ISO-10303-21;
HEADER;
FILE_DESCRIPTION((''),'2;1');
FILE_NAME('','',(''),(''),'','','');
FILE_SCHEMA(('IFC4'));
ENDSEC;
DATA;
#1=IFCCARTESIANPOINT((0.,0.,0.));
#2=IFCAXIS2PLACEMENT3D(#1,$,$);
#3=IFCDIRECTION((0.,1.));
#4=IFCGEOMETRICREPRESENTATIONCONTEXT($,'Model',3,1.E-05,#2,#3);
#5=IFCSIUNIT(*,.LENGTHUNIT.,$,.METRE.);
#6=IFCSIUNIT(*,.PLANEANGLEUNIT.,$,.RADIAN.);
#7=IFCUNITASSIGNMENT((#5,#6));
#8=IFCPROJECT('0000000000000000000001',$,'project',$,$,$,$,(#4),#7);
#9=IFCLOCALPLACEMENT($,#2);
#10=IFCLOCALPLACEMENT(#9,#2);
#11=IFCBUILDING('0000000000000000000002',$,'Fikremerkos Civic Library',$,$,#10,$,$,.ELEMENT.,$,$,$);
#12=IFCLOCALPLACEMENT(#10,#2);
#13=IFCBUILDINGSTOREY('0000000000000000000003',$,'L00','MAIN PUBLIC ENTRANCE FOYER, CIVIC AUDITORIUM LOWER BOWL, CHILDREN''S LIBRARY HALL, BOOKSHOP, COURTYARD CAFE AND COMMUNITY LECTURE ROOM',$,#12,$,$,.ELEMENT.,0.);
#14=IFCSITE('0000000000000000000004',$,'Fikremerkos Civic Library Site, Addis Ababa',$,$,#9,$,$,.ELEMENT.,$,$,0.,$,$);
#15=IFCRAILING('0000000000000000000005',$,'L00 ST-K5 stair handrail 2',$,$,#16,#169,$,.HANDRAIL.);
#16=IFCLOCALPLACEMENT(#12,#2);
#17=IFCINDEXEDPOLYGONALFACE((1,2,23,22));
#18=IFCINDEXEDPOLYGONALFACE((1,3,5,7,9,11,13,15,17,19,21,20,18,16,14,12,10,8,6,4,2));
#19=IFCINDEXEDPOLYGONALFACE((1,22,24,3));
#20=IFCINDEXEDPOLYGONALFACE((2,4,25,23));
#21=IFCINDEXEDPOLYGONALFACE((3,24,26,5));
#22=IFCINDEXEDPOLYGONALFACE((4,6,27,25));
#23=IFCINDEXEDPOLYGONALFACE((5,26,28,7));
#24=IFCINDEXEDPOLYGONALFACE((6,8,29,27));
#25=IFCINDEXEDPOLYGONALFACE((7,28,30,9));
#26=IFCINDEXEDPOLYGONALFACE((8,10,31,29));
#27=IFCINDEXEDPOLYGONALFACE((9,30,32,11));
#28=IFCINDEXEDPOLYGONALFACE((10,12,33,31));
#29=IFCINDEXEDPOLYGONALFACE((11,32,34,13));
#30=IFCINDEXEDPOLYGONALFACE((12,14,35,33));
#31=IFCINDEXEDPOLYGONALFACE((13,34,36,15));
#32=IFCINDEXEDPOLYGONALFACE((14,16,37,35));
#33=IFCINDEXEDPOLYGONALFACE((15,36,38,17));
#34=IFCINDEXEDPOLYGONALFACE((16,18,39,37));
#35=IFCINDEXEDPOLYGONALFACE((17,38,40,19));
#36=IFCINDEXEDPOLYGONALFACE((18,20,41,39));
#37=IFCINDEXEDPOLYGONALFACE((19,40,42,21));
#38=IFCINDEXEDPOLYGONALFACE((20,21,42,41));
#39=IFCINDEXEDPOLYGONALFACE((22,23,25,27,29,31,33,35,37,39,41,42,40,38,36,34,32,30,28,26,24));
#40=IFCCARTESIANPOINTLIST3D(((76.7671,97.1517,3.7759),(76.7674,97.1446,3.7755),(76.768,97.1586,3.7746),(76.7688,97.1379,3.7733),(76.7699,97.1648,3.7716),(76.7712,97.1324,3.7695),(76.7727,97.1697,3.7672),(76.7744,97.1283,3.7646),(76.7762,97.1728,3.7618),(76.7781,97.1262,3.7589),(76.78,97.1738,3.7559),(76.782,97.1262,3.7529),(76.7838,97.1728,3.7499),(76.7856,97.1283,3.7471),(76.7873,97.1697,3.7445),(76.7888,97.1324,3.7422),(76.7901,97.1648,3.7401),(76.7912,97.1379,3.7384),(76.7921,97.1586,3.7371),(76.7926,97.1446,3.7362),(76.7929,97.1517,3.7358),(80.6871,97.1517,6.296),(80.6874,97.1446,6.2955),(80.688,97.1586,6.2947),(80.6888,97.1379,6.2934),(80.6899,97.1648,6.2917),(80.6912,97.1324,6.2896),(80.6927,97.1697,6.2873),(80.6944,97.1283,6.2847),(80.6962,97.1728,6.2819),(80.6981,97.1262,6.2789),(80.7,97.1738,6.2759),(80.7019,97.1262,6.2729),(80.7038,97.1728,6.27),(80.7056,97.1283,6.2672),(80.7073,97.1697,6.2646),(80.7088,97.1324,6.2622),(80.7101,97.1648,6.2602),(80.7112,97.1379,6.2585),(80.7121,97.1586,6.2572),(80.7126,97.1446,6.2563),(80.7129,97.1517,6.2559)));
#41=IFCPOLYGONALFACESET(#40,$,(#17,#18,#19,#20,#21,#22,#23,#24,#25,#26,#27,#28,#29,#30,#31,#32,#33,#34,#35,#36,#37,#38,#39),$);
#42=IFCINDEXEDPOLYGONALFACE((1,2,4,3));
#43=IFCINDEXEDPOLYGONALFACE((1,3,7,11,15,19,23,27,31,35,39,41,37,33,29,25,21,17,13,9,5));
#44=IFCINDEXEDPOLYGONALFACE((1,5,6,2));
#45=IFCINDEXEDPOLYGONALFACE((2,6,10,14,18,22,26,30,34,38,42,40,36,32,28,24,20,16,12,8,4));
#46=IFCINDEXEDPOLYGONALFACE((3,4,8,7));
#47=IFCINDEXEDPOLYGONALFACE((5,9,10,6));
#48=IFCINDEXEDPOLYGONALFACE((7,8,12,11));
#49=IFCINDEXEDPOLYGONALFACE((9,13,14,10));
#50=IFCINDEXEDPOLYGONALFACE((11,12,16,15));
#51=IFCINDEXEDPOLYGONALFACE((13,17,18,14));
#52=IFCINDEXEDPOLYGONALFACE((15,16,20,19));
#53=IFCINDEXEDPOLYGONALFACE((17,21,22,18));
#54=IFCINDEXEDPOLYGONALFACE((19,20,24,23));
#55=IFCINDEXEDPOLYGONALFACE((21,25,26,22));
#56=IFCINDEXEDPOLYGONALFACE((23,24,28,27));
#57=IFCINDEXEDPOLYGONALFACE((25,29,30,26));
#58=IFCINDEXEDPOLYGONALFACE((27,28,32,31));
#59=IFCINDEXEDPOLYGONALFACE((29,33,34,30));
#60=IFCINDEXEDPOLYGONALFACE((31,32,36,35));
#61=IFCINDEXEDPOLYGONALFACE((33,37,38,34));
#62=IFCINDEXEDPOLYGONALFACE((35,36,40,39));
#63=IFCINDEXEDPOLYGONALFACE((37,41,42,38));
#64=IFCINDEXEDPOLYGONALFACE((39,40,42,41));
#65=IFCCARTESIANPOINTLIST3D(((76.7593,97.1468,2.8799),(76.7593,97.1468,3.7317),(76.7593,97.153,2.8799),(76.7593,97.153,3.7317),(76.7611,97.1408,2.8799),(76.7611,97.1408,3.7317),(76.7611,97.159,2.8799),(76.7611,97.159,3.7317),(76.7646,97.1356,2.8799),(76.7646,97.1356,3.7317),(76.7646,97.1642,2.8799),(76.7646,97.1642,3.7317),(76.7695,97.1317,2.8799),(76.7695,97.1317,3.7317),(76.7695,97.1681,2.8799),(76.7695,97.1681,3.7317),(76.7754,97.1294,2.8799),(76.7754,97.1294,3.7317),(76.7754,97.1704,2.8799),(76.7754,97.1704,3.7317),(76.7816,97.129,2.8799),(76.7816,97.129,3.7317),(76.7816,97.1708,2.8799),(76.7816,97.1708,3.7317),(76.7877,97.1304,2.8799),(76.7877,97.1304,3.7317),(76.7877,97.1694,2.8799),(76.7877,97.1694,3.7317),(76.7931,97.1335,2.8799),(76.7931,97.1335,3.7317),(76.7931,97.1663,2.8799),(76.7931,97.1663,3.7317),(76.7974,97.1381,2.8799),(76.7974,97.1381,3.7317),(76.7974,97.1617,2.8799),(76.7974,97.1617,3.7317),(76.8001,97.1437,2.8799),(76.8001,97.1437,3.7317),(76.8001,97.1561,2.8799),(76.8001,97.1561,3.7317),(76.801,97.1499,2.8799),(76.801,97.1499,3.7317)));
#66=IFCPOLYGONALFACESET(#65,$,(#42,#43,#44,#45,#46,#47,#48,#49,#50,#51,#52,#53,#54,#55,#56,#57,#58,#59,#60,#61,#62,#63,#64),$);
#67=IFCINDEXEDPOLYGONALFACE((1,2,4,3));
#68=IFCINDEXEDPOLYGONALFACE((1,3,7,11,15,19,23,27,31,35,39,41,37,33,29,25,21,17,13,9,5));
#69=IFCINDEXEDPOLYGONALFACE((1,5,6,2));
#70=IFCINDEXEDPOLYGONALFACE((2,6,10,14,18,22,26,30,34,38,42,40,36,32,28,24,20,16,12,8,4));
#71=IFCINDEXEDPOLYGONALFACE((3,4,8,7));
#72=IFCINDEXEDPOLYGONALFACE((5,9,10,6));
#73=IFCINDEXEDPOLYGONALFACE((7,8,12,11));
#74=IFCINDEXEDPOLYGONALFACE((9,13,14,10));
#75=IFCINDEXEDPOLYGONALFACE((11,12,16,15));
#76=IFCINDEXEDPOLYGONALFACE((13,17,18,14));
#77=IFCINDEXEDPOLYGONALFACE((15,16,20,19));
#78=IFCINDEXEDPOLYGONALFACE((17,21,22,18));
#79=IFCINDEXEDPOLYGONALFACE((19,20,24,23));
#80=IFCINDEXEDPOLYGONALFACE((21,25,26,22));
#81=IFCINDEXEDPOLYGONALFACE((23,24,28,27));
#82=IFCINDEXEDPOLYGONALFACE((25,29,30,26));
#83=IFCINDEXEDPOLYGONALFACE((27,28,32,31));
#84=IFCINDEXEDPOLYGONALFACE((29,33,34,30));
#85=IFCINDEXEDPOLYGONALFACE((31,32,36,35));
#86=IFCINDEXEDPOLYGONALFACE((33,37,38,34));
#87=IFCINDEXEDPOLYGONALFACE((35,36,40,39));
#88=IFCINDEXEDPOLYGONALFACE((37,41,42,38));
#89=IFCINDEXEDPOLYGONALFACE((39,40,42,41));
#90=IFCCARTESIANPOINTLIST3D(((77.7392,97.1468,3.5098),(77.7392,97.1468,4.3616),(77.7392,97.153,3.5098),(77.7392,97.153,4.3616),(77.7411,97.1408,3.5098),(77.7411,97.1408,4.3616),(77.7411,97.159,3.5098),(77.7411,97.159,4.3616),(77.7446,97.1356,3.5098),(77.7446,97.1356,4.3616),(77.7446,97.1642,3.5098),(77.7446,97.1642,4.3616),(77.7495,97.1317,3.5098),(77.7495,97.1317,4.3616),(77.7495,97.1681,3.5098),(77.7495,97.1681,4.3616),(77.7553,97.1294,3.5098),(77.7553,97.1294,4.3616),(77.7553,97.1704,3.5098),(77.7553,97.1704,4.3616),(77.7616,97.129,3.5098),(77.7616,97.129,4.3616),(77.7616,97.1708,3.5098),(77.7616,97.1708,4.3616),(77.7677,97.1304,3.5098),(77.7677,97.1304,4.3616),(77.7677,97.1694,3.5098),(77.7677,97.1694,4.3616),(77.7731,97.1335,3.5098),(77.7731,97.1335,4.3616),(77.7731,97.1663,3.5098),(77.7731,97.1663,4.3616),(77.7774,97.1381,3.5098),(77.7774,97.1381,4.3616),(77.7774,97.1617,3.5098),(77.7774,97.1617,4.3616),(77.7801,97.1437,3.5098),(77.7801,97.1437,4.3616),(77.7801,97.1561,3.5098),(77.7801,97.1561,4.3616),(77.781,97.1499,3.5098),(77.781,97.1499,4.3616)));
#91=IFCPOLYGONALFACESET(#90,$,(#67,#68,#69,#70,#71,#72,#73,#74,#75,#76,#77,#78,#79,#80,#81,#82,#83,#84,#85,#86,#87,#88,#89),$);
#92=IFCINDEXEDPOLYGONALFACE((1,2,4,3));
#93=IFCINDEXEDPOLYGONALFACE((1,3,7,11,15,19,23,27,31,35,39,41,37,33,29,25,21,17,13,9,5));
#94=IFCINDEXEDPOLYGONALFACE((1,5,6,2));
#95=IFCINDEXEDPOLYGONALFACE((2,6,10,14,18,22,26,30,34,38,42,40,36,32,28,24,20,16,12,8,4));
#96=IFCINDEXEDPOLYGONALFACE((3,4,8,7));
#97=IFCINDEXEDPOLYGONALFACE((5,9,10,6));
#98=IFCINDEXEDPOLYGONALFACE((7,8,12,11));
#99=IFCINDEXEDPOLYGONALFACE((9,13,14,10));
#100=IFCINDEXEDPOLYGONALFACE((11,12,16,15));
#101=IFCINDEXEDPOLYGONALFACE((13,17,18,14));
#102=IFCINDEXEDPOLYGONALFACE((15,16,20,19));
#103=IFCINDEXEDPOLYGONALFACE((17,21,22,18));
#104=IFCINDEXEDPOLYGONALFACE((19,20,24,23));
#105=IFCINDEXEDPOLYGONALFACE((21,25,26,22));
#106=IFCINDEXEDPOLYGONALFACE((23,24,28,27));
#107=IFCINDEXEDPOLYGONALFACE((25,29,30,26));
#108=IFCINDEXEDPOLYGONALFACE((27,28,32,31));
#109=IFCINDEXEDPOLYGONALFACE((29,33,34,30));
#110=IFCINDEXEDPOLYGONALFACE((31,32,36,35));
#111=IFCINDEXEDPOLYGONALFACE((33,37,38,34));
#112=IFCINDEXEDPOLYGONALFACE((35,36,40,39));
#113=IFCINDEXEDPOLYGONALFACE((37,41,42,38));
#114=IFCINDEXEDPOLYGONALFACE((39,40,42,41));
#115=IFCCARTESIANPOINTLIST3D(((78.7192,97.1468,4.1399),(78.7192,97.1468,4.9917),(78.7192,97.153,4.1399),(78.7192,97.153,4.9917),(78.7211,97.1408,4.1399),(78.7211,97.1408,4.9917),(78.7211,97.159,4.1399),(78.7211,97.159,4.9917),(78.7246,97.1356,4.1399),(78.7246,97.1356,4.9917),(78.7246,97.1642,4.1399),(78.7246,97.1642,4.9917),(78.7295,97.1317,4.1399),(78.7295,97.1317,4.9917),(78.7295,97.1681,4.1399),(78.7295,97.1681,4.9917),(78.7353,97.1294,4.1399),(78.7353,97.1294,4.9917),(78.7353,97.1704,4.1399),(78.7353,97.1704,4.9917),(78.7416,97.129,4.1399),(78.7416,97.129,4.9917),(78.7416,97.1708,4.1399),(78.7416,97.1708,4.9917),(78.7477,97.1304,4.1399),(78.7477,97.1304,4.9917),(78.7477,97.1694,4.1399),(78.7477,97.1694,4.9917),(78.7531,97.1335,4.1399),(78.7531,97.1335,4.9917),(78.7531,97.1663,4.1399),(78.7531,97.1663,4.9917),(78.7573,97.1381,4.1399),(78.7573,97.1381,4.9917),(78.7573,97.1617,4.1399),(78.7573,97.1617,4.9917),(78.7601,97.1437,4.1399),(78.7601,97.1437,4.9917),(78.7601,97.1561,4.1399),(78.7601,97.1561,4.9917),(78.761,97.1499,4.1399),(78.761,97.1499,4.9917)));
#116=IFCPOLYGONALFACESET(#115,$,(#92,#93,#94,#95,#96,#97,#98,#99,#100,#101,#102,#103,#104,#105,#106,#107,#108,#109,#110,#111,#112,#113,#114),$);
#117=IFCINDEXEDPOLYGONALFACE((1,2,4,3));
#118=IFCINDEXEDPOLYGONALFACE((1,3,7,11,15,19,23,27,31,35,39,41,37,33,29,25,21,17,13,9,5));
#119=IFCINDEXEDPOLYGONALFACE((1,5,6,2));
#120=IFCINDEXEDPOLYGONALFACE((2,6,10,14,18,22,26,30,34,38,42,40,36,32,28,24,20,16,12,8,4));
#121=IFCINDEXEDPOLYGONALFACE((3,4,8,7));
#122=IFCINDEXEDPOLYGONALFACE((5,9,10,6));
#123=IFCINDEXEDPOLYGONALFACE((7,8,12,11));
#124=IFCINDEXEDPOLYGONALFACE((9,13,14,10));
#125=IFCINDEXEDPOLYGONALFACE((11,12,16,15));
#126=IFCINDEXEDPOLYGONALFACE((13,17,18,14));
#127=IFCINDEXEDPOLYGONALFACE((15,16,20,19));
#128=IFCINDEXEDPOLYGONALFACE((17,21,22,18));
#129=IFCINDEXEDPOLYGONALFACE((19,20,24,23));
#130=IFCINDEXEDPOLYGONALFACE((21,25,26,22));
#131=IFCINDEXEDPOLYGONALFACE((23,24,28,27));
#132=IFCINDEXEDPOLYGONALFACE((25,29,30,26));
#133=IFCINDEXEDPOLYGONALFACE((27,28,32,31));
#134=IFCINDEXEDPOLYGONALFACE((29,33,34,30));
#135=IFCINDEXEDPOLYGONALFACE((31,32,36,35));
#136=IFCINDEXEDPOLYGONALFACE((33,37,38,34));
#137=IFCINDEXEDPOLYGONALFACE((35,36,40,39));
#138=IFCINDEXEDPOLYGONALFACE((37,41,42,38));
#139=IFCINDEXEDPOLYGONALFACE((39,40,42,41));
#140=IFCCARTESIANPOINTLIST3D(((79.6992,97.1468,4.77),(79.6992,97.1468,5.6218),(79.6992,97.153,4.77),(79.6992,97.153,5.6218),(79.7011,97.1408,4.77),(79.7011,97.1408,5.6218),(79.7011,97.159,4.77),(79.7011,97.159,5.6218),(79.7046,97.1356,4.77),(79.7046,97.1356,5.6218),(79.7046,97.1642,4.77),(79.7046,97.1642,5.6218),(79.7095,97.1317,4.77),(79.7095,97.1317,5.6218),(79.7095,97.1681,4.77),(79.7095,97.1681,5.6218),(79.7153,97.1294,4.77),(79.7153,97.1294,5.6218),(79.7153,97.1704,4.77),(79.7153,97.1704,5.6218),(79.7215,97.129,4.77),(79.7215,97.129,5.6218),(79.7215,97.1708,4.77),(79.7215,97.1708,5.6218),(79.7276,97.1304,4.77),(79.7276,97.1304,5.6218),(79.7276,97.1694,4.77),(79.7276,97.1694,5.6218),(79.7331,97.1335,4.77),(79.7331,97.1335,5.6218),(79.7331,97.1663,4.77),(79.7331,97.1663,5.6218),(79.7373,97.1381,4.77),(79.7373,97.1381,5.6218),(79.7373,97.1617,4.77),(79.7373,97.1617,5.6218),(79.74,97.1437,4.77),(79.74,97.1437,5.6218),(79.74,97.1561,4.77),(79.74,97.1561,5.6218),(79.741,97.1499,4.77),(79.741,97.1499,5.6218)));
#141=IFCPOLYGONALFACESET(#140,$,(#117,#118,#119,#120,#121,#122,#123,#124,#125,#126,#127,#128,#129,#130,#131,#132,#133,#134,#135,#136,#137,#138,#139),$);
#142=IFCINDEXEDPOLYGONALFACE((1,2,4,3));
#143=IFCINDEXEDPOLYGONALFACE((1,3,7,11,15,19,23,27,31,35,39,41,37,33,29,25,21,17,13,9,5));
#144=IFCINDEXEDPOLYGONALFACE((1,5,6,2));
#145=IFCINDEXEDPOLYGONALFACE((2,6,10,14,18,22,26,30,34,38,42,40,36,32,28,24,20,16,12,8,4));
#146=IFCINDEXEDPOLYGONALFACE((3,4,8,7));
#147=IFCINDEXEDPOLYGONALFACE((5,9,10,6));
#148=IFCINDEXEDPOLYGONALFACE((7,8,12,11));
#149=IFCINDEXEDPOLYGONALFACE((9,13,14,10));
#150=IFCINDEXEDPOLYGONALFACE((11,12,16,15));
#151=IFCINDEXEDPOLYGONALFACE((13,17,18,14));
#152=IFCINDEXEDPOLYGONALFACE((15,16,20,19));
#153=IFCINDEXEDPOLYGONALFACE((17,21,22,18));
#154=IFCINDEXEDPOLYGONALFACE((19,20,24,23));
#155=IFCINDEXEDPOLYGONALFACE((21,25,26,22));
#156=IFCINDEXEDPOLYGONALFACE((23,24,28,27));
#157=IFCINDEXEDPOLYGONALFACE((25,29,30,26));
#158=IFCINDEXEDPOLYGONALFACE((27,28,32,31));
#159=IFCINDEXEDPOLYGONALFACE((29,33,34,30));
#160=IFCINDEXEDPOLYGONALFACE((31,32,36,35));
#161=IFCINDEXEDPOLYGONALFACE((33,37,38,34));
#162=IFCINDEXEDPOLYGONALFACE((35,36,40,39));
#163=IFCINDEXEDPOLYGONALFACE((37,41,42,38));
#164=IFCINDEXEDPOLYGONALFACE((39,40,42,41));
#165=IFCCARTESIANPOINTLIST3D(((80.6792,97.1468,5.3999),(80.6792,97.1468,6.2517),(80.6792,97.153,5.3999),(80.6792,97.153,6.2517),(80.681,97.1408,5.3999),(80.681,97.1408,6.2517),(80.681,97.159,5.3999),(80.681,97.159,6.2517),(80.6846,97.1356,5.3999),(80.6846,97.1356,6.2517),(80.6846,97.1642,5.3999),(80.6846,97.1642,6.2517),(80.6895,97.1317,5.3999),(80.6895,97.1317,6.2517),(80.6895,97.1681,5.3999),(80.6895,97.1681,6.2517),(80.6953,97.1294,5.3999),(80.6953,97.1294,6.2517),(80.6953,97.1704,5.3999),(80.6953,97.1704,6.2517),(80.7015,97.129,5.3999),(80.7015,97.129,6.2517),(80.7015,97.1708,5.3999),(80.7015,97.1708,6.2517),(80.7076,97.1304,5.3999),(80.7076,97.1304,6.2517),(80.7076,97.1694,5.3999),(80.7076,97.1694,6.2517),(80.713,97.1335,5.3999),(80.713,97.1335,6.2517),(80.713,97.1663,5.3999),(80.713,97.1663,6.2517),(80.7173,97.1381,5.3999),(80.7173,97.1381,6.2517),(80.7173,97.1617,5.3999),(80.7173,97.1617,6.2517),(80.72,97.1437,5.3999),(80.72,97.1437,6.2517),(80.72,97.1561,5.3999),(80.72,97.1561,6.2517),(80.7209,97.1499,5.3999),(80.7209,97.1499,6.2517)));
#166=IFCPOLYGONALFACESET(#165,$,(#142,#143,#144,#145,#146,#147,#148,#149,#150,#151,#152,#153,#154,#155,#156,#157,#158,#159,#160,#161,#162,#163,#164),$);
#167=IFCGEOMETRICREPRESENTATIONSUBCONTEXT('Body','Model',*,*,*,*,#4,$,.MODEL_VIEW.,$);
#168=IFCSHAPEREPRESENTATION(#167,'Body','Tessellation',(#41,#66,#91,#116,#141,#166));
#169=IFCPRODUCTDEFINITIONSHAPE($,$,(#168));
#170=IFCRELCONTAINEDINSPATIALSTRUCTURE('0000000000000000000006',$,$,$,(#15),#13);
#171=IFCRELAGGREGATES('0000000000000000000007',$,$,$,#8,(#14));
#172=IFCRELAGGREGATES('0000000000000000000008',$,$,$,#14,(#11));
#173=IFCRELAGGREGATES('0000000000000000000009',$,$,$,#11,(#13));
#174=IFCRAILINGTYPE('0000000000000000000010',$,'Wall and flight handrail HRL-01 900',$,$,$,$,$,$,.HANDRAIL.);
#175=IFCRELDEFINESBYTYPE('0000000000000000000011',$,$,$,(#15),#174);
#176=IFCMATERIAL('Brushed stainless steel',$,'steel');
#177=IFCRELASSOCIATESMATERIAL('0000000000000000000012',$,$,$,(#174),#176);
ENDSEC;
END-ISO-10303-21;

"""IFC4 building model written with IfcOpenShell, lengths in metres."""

from ifc_helpers import new_model, si_unit, direction, frame, origin, origin_2d, place, context, subcontext, project, spatial, circle, extrude, material, type_object, element, save


model = new_model("IFC4")

# Units and contexts
model_context = context("Model", 3, precision=1e-05, world=origin(), true_north=direction((0.0, 1.0)))
body_context = subcontext(model_context, "Body", "Model", "MODEL_VIEW")
ifc_project = project(units=[si_unit("LENGTHUNIT", "METRE"), si_unit("PLANEANGLEUNIT", "RADIAN")], contexts=[model_context])

# Site, building, storey
site_placement = place(None, origin())
site = spatial("IfcSite", under=ifc_project, at=site_placement, Name="Fikremerkos Civic Library Site, Addis Ababa", CompositionType="ELEMENT", RefElevation=0.0)
building_placement = place(site_placement, origin())
building = spatial("IfcBuilding", under=site, at=building_placement, Name="Fikremerkos Civic Library", CompositionType="ELEMENT")
storey_placement = place(building_placement, origin())
storey = spatial("IfcBuildingStorey", under=building, at=storey_placement, Name="L00", Description="MAIN PUBLIC ENTRANCE FOYER, CIVIC AUDITORIUM LOWER BOWL, CHILDREN'S LIBRARY HALL, BOOKSHOP, COURTYARD CAFE AND COMMUNITY LECTURE ROOM", CompositionType="ELEMENT", Elevation=0.0)

# Shared definitions
ifc_material_1 = material(Name="Brushed stainless steel", Category="steel")

# Railing
railing_type_1 = type_object("IfcRailingType", Name="Wall and flight handrail HRL-01 900", PredefinedType="HANDRAIL", material=ifc_material_1)
railing_1_placement = place(storey_placement, frame((76.78, 97.1499, 2.8799)))
element("IfcRailing", 1, at=railing_1_placement, inside=storey, type_object=railing_type_1, Name="L00 ST-K5 stair handrail 2", PredefinedType="HANDRAIL", context=body_context, shape_type="SweptSolid", body=[
    extrude(circle(Radius=0.0239, at=origin_2d()), frame((0.0, 0.0, 0.876), z_axis=(0.841172, 0.0, 0.540768), x_axis=(0.0, 1.0, 0.0)), (0.0, 0.0, 1.0), 4.6602),
    extrude(circle(Radius=0.021, at=origin_2d()), origin(), (0.0, 0.0, 1.0), 0.8518),
    extrude(circle(Radius=0.021, at=origin_2d()), frame((0.98, 0.0, 0.6299)), (0.0, 0.0, 1.0), 0.8518),
    extrude(circle(Radius=0.021, at=origin_2d()), frame((1.96, 0.0, 1.26)), (0.0, 0.0, 1.0), 0.8518),
    extrude(circle(Radius=0.021, at=origin_2d()), frame((2.9399, 0.0, 1.8901)), (0.0, 0.0, 1.0), 0.8518),
    extrude(circle(Radius=0.021, at=origin_2d()), frame((3.9199, 0.0, 2.52)), (0.0, 0.0, 1.0), 0.8518),
])

save(model, "model.ifc")
